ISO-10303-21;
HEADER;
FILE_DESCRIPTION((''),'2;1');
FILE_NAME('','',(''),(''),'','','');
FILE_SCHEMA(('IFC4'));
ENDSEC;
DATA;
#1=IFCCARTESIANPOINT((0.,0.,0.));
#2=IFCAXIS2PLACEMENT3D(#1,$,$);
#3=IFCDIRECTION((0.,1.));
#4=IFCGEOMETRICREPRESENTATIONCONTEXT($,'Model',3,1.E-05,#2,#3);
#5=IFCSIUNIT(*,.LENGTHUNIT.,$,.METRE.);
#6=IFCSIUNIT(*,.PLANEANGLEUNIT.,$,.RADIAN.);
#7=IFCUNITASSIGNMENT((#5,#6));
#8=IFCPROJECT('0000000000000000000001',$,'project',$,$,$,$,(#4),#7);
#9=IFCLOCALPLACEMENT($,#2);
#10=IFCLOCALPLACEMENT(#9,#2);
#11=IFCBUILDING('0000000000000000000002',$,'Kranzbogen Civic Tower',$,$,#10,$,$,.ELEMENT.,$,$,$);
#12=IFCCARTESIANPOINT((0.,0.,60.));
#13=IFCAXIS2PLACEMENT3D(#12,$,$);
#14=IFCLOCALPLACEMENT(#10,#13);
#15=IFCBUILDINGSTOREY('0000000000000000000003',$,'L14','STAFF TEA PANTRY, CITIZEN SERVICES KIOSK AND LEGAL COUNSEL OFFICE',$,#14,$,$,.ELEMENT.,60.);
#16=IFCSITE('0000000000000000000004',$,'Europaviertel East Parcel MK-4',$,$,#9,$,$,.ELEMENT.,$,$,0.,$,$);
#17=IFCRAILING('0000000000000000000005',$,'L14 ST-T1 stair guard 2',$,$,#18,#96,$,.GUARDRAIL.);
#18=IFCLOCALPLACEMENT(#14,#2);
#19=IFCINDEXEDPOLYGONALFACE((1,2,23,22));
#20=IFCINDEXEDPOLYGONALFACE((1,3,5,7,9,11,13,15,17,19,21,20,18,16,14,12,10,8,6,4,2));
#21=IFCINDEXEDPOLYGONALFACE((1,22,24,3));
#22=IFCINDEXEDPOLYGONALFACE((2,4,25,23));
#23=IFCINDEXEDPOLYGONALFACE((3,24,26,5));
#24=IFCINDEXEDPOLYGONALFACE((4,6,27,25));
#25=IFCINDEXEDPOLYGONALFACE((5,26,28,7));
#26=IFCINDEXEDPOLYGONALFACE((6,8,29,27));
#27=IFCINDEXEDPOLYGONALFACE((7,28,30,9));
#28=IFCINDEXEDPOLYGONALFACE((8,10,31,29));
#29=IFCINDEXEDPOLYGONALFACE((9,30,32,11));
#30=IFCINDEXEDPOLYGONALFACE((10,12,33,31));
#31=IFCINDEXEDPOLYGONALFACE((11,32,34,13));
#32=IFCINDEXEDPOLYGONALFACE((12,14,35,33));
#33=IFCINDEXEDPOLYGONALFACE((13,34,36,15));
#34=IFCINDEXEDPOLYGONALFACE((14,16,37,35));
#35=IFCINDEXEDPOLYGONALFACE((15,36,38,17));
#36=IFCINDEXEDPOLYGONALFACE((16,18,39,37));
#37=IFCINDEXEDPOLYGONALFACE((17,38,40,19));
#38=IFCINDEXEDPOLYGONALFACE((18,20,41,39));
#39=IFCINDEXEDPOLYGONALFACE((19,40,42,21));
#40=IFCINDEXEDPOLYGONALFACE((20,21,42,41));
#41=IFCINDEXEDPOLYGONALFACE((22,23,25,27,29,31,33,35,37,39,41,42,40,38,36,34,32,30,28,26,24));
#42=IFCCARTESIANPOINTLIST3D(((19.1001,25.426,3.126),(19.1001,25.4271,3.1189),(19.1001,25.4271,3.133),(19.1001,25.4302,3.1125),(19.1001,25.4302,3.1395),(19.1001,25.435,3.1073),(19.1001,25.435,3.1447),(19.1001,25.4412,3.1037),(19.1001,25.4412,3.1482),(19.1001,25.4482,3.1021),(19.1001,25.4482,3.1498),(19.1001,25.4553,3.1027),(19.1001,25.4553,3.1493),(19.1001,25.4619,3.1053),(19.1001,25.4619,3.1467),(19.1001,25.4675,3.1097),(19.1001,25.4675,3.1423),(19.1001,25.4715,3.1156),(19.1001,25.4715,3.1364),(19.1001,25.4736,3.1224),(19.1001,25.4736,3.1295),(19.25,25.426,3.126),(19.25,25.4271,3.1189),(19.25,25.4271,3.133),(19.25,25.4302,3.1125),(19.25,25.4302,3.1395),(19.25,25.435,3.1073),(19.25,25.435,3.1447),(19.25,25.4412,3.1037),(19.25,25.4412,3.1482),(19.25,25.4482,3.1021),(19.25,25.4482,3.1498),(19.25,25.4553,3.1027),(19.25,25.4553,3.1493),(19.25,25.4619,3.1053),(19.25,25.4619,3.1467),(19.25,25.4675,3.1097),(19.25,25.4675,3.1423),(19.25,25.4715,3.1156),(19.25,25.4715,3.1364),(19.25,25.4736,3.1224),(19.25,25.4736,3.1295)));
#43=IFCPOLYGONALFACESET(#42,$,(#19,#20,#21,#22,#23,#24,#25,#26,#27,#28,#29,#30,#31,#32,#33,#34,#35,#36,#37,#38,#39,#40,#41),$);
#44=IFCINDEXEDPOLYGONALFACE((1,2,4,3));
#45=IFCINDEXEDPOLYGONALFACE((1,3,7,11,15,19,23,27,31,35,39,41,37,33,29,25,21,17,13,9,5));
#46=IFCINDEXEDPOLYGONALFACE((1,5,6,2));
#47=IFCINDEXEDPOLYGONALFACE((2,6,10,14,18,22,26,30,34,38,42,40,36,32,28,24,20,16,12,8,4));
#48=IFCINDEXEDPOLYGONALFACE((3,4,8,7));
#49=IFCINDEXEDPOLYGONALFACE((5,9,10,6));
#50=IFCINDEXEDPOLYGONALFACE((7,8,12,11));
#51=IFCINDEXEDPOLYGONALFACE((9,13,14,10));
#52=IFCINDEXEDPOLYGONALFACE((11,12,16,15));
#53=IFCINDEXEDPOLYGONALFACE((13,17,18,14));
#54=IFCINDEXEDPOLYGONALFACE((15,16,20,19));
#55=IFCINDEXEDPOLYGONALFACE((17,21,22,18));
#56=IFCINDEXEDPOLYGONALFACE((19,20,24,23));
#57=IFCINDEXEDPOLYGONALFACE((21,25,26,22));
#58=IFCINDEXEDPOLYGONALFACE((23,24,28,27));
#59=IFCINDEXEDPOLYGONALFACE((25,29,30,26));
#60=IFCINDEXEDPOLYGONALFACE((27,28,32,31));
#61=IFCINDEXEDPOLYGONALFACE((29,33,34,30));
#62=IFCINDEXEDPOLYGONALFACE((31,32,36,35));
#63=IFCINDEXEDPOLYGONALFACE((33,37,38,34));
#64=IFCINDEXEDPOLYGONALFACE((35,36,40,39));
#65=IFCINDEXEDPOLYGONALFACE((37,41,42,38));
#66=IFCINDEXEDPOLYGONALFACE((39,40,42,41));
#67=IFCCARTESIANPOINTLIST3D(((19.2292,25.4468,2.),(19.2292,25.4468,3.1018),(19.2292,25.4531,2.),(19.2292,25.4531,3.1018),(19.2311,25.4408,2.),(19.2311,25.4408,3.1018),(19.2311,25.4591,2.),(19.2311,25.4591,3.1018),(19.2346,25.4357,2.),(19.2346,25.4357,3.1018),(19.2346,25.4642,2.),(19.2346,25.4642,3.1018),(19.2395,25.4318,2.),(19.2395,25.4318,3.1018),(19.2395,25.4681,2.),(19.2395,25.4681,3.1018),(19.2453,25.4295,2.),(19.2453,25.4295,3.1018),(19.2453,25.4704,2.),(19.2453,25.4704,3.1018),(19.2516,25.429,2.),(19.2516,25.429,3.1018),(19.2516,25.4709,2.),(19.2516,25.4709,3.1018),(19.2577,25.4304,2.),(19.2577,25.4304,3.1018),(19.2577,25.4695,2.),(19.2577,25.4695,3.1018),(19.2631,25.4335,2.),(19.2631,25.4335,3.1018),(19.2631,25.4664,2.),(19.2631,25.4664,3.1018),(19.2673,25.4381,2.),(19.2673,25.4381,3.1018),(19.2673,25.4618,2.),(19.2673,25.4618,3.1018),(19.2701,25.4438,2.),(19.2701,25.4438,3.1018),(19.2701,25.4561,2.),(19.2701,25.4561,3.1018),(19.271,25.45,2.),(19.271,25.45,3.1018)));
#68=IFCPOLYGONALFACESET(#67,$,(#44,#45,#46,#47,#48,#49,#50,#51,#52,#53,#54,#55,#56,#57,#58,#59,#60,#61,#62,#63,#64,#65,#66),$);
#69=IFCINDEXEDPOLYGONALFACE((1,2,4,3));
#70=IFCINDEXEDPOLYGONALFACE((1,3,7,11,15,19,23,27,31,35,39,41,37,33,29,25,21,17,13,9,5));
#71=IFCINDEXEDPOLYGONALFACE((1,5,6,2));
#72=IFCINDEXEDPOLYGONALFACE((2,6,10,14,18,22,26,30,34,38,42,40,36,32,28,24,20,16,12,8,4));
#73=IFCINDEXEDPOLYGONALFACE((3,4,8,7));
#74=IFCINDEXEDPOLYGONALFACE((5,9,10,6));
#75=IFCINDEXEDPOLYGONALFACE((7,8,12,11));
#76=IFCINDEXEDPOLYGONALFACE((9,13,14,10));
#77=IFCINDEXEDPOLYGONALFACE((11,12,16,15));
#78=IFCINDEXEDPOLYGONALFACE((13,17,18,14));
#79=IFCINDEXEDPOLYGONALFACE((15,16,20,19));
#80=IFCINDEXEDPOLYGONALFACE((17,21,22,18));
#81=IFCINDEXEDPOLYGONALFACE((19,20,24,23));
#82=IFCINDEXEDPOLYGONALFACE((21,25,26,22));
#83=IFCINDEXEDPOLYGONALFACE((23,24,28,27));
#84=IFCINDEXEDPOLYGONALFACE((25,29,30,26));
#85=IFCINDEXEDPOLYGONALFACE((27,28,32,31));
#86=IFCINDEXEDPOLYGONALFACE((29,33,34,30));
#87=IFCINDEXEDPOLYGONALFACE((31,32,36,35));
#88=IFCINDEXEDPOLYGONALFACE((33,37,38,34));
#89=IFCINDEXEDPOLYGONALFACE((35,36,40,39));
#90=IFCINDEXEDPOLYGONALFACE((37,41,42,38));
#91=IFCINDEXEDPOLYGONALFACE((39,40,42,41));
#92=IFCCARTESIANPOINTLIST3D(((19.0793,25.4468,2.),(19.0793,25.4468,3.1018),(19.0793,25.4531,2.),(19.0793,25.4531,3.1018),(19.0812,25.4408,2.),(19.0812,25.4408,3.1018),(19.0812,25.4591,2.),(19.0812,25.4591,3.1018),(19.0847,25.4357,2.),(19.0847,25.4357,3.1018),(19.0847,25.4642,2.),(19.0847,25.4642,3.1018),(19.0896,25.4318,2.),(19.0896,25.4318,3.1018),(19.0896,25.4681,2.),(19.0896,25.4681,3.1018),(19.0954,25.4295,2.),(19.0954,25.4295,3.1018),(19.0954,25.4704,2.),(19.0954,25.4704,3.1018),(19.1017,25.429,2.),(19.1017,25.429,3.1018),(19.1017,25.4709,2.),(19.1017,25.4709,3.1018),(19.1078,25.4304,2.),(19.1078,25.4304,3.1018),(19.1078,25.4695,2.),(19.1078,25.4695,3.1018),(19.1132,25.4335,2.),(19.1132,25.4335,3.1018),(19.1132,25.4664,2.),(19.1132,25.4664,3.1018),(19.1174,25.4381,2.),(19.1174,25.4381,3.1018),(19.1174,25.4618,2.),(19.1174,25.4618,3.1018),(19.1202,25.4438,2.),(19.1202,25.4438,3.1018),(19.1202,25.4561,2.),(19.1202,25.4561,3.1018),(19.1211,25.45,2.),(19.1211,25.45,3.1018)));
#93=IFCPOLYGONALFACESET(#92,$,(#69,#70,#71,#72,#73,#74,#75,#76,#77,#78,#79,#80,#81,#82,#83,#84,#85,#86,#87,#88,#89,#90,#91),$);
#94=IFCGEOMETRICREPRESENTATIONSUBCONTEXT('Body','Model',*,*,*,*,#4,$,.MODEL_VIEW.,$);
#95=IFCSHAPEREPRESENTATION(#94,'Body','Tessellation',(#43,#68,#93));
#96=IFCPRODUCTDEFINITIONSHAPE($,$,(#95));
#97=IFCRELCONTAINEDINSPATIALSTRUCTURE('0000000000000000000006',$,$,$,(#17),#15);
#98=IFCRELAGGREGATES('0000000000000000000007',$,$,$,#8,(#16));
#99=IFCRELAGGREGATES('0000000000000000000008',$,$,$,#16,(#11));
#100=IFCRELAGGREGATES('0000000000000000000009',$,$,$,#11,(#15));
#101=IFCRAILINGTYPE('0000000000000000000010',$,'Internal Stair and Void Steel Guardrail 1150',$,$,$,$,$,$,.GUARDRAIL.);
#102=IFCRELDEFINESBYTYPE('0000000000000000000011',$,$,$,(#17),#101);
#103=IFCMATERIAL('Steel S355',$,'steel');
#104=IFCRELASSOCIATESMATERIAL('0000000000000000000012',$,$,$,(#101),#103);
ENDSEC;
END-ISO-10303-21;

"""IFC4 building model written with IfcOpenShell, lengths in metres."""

from ifc_helpers import new_model, si_unit, direction, frame, origin, origin_2d, place, context, subcontext, project, spatial, circle, extrude, material, type_object, element, save


model = new_model("IFC4")

# Units and contexts
model_context = context("Model", 3, precision=1e-05, world=origin(), true_north=direction((0.0, 1.0)))
body_context = subcontext(model_context, "Body", "Model", "MODEL_VIEW")
ifc_project = project(units=[si_unit("LENGTHUNIT", "METRE"), si_unit("PLANEANGLEUNIT", "RADIAN")], contexts=[model_context])

# Site, building, storey
site_placement = place(None, origin())
site = spatial("IfcSite", under=ifc_project, at=site_placement, Name="Europaviertel East Parcel MK-4", CompositionType="ELEMENT", RefElevation=0.0)
building_placement = place(site_placement, origin())
building = spatial("IfcBuilding", under=site, at=building_placement, Name="Kranzbogen Civic Tower", CompositionType="ELEMENT")
storey_placement = place(building_placement, frame((0.0, 0.0, 60.0)))
storey = spatial("IfcBuildingStorey", under=building, at=storey_placement, Name="L14", Description="STAFF TEA PANTRY, CITIZEN SERVICES KIOSK AND LEGAL COUNSEL OFFICE", CompositionType="ELEMENT", Elevation=60.0)

# Shared definitions
ifc_material_1 = material(Name="Steel S355", Category="steel")

# Railing
railing_type_1 = type_object("IfcRailingType", Name="Internal Stair and Void Steel Guardrail 1150", PredefinedType="GUARDRAIL", material=ifc_material_1)
railing_1_placement = place(storey_placement, frame((19.25, 25.45, 2.0)))
element("IfcRailing", 1, at=railing_1_placement, inside=storey, type_object=railing_type_1, Name="L14 ST-T1 stair guard 2", PredefinedType="GUARDRAIL", context=body_context, shape_type="SweptSolid", body=[
    extrude(circle(Radius=0.0239, at=origin_2d()), frame((0.0, 0.0, 1.126), z_axis=(-1.0, 0.0, 0.0), x_axis=(0.0, -1.0, 0.0)), (0.0, 0.0, 1.0), 0.1499),
    extrude(circle(Radius=0.021, at=origin_2d()), origin(), (0.0, 0.0, 1.0), 1.1018),
    extrude(circle(Radius=0.021, at=origin_2d()), frame((-0.1499, 0.0, 0.0)), (0.0, 0.0, 1.0), 1.1018),
])

save(model, "model.ifc")
